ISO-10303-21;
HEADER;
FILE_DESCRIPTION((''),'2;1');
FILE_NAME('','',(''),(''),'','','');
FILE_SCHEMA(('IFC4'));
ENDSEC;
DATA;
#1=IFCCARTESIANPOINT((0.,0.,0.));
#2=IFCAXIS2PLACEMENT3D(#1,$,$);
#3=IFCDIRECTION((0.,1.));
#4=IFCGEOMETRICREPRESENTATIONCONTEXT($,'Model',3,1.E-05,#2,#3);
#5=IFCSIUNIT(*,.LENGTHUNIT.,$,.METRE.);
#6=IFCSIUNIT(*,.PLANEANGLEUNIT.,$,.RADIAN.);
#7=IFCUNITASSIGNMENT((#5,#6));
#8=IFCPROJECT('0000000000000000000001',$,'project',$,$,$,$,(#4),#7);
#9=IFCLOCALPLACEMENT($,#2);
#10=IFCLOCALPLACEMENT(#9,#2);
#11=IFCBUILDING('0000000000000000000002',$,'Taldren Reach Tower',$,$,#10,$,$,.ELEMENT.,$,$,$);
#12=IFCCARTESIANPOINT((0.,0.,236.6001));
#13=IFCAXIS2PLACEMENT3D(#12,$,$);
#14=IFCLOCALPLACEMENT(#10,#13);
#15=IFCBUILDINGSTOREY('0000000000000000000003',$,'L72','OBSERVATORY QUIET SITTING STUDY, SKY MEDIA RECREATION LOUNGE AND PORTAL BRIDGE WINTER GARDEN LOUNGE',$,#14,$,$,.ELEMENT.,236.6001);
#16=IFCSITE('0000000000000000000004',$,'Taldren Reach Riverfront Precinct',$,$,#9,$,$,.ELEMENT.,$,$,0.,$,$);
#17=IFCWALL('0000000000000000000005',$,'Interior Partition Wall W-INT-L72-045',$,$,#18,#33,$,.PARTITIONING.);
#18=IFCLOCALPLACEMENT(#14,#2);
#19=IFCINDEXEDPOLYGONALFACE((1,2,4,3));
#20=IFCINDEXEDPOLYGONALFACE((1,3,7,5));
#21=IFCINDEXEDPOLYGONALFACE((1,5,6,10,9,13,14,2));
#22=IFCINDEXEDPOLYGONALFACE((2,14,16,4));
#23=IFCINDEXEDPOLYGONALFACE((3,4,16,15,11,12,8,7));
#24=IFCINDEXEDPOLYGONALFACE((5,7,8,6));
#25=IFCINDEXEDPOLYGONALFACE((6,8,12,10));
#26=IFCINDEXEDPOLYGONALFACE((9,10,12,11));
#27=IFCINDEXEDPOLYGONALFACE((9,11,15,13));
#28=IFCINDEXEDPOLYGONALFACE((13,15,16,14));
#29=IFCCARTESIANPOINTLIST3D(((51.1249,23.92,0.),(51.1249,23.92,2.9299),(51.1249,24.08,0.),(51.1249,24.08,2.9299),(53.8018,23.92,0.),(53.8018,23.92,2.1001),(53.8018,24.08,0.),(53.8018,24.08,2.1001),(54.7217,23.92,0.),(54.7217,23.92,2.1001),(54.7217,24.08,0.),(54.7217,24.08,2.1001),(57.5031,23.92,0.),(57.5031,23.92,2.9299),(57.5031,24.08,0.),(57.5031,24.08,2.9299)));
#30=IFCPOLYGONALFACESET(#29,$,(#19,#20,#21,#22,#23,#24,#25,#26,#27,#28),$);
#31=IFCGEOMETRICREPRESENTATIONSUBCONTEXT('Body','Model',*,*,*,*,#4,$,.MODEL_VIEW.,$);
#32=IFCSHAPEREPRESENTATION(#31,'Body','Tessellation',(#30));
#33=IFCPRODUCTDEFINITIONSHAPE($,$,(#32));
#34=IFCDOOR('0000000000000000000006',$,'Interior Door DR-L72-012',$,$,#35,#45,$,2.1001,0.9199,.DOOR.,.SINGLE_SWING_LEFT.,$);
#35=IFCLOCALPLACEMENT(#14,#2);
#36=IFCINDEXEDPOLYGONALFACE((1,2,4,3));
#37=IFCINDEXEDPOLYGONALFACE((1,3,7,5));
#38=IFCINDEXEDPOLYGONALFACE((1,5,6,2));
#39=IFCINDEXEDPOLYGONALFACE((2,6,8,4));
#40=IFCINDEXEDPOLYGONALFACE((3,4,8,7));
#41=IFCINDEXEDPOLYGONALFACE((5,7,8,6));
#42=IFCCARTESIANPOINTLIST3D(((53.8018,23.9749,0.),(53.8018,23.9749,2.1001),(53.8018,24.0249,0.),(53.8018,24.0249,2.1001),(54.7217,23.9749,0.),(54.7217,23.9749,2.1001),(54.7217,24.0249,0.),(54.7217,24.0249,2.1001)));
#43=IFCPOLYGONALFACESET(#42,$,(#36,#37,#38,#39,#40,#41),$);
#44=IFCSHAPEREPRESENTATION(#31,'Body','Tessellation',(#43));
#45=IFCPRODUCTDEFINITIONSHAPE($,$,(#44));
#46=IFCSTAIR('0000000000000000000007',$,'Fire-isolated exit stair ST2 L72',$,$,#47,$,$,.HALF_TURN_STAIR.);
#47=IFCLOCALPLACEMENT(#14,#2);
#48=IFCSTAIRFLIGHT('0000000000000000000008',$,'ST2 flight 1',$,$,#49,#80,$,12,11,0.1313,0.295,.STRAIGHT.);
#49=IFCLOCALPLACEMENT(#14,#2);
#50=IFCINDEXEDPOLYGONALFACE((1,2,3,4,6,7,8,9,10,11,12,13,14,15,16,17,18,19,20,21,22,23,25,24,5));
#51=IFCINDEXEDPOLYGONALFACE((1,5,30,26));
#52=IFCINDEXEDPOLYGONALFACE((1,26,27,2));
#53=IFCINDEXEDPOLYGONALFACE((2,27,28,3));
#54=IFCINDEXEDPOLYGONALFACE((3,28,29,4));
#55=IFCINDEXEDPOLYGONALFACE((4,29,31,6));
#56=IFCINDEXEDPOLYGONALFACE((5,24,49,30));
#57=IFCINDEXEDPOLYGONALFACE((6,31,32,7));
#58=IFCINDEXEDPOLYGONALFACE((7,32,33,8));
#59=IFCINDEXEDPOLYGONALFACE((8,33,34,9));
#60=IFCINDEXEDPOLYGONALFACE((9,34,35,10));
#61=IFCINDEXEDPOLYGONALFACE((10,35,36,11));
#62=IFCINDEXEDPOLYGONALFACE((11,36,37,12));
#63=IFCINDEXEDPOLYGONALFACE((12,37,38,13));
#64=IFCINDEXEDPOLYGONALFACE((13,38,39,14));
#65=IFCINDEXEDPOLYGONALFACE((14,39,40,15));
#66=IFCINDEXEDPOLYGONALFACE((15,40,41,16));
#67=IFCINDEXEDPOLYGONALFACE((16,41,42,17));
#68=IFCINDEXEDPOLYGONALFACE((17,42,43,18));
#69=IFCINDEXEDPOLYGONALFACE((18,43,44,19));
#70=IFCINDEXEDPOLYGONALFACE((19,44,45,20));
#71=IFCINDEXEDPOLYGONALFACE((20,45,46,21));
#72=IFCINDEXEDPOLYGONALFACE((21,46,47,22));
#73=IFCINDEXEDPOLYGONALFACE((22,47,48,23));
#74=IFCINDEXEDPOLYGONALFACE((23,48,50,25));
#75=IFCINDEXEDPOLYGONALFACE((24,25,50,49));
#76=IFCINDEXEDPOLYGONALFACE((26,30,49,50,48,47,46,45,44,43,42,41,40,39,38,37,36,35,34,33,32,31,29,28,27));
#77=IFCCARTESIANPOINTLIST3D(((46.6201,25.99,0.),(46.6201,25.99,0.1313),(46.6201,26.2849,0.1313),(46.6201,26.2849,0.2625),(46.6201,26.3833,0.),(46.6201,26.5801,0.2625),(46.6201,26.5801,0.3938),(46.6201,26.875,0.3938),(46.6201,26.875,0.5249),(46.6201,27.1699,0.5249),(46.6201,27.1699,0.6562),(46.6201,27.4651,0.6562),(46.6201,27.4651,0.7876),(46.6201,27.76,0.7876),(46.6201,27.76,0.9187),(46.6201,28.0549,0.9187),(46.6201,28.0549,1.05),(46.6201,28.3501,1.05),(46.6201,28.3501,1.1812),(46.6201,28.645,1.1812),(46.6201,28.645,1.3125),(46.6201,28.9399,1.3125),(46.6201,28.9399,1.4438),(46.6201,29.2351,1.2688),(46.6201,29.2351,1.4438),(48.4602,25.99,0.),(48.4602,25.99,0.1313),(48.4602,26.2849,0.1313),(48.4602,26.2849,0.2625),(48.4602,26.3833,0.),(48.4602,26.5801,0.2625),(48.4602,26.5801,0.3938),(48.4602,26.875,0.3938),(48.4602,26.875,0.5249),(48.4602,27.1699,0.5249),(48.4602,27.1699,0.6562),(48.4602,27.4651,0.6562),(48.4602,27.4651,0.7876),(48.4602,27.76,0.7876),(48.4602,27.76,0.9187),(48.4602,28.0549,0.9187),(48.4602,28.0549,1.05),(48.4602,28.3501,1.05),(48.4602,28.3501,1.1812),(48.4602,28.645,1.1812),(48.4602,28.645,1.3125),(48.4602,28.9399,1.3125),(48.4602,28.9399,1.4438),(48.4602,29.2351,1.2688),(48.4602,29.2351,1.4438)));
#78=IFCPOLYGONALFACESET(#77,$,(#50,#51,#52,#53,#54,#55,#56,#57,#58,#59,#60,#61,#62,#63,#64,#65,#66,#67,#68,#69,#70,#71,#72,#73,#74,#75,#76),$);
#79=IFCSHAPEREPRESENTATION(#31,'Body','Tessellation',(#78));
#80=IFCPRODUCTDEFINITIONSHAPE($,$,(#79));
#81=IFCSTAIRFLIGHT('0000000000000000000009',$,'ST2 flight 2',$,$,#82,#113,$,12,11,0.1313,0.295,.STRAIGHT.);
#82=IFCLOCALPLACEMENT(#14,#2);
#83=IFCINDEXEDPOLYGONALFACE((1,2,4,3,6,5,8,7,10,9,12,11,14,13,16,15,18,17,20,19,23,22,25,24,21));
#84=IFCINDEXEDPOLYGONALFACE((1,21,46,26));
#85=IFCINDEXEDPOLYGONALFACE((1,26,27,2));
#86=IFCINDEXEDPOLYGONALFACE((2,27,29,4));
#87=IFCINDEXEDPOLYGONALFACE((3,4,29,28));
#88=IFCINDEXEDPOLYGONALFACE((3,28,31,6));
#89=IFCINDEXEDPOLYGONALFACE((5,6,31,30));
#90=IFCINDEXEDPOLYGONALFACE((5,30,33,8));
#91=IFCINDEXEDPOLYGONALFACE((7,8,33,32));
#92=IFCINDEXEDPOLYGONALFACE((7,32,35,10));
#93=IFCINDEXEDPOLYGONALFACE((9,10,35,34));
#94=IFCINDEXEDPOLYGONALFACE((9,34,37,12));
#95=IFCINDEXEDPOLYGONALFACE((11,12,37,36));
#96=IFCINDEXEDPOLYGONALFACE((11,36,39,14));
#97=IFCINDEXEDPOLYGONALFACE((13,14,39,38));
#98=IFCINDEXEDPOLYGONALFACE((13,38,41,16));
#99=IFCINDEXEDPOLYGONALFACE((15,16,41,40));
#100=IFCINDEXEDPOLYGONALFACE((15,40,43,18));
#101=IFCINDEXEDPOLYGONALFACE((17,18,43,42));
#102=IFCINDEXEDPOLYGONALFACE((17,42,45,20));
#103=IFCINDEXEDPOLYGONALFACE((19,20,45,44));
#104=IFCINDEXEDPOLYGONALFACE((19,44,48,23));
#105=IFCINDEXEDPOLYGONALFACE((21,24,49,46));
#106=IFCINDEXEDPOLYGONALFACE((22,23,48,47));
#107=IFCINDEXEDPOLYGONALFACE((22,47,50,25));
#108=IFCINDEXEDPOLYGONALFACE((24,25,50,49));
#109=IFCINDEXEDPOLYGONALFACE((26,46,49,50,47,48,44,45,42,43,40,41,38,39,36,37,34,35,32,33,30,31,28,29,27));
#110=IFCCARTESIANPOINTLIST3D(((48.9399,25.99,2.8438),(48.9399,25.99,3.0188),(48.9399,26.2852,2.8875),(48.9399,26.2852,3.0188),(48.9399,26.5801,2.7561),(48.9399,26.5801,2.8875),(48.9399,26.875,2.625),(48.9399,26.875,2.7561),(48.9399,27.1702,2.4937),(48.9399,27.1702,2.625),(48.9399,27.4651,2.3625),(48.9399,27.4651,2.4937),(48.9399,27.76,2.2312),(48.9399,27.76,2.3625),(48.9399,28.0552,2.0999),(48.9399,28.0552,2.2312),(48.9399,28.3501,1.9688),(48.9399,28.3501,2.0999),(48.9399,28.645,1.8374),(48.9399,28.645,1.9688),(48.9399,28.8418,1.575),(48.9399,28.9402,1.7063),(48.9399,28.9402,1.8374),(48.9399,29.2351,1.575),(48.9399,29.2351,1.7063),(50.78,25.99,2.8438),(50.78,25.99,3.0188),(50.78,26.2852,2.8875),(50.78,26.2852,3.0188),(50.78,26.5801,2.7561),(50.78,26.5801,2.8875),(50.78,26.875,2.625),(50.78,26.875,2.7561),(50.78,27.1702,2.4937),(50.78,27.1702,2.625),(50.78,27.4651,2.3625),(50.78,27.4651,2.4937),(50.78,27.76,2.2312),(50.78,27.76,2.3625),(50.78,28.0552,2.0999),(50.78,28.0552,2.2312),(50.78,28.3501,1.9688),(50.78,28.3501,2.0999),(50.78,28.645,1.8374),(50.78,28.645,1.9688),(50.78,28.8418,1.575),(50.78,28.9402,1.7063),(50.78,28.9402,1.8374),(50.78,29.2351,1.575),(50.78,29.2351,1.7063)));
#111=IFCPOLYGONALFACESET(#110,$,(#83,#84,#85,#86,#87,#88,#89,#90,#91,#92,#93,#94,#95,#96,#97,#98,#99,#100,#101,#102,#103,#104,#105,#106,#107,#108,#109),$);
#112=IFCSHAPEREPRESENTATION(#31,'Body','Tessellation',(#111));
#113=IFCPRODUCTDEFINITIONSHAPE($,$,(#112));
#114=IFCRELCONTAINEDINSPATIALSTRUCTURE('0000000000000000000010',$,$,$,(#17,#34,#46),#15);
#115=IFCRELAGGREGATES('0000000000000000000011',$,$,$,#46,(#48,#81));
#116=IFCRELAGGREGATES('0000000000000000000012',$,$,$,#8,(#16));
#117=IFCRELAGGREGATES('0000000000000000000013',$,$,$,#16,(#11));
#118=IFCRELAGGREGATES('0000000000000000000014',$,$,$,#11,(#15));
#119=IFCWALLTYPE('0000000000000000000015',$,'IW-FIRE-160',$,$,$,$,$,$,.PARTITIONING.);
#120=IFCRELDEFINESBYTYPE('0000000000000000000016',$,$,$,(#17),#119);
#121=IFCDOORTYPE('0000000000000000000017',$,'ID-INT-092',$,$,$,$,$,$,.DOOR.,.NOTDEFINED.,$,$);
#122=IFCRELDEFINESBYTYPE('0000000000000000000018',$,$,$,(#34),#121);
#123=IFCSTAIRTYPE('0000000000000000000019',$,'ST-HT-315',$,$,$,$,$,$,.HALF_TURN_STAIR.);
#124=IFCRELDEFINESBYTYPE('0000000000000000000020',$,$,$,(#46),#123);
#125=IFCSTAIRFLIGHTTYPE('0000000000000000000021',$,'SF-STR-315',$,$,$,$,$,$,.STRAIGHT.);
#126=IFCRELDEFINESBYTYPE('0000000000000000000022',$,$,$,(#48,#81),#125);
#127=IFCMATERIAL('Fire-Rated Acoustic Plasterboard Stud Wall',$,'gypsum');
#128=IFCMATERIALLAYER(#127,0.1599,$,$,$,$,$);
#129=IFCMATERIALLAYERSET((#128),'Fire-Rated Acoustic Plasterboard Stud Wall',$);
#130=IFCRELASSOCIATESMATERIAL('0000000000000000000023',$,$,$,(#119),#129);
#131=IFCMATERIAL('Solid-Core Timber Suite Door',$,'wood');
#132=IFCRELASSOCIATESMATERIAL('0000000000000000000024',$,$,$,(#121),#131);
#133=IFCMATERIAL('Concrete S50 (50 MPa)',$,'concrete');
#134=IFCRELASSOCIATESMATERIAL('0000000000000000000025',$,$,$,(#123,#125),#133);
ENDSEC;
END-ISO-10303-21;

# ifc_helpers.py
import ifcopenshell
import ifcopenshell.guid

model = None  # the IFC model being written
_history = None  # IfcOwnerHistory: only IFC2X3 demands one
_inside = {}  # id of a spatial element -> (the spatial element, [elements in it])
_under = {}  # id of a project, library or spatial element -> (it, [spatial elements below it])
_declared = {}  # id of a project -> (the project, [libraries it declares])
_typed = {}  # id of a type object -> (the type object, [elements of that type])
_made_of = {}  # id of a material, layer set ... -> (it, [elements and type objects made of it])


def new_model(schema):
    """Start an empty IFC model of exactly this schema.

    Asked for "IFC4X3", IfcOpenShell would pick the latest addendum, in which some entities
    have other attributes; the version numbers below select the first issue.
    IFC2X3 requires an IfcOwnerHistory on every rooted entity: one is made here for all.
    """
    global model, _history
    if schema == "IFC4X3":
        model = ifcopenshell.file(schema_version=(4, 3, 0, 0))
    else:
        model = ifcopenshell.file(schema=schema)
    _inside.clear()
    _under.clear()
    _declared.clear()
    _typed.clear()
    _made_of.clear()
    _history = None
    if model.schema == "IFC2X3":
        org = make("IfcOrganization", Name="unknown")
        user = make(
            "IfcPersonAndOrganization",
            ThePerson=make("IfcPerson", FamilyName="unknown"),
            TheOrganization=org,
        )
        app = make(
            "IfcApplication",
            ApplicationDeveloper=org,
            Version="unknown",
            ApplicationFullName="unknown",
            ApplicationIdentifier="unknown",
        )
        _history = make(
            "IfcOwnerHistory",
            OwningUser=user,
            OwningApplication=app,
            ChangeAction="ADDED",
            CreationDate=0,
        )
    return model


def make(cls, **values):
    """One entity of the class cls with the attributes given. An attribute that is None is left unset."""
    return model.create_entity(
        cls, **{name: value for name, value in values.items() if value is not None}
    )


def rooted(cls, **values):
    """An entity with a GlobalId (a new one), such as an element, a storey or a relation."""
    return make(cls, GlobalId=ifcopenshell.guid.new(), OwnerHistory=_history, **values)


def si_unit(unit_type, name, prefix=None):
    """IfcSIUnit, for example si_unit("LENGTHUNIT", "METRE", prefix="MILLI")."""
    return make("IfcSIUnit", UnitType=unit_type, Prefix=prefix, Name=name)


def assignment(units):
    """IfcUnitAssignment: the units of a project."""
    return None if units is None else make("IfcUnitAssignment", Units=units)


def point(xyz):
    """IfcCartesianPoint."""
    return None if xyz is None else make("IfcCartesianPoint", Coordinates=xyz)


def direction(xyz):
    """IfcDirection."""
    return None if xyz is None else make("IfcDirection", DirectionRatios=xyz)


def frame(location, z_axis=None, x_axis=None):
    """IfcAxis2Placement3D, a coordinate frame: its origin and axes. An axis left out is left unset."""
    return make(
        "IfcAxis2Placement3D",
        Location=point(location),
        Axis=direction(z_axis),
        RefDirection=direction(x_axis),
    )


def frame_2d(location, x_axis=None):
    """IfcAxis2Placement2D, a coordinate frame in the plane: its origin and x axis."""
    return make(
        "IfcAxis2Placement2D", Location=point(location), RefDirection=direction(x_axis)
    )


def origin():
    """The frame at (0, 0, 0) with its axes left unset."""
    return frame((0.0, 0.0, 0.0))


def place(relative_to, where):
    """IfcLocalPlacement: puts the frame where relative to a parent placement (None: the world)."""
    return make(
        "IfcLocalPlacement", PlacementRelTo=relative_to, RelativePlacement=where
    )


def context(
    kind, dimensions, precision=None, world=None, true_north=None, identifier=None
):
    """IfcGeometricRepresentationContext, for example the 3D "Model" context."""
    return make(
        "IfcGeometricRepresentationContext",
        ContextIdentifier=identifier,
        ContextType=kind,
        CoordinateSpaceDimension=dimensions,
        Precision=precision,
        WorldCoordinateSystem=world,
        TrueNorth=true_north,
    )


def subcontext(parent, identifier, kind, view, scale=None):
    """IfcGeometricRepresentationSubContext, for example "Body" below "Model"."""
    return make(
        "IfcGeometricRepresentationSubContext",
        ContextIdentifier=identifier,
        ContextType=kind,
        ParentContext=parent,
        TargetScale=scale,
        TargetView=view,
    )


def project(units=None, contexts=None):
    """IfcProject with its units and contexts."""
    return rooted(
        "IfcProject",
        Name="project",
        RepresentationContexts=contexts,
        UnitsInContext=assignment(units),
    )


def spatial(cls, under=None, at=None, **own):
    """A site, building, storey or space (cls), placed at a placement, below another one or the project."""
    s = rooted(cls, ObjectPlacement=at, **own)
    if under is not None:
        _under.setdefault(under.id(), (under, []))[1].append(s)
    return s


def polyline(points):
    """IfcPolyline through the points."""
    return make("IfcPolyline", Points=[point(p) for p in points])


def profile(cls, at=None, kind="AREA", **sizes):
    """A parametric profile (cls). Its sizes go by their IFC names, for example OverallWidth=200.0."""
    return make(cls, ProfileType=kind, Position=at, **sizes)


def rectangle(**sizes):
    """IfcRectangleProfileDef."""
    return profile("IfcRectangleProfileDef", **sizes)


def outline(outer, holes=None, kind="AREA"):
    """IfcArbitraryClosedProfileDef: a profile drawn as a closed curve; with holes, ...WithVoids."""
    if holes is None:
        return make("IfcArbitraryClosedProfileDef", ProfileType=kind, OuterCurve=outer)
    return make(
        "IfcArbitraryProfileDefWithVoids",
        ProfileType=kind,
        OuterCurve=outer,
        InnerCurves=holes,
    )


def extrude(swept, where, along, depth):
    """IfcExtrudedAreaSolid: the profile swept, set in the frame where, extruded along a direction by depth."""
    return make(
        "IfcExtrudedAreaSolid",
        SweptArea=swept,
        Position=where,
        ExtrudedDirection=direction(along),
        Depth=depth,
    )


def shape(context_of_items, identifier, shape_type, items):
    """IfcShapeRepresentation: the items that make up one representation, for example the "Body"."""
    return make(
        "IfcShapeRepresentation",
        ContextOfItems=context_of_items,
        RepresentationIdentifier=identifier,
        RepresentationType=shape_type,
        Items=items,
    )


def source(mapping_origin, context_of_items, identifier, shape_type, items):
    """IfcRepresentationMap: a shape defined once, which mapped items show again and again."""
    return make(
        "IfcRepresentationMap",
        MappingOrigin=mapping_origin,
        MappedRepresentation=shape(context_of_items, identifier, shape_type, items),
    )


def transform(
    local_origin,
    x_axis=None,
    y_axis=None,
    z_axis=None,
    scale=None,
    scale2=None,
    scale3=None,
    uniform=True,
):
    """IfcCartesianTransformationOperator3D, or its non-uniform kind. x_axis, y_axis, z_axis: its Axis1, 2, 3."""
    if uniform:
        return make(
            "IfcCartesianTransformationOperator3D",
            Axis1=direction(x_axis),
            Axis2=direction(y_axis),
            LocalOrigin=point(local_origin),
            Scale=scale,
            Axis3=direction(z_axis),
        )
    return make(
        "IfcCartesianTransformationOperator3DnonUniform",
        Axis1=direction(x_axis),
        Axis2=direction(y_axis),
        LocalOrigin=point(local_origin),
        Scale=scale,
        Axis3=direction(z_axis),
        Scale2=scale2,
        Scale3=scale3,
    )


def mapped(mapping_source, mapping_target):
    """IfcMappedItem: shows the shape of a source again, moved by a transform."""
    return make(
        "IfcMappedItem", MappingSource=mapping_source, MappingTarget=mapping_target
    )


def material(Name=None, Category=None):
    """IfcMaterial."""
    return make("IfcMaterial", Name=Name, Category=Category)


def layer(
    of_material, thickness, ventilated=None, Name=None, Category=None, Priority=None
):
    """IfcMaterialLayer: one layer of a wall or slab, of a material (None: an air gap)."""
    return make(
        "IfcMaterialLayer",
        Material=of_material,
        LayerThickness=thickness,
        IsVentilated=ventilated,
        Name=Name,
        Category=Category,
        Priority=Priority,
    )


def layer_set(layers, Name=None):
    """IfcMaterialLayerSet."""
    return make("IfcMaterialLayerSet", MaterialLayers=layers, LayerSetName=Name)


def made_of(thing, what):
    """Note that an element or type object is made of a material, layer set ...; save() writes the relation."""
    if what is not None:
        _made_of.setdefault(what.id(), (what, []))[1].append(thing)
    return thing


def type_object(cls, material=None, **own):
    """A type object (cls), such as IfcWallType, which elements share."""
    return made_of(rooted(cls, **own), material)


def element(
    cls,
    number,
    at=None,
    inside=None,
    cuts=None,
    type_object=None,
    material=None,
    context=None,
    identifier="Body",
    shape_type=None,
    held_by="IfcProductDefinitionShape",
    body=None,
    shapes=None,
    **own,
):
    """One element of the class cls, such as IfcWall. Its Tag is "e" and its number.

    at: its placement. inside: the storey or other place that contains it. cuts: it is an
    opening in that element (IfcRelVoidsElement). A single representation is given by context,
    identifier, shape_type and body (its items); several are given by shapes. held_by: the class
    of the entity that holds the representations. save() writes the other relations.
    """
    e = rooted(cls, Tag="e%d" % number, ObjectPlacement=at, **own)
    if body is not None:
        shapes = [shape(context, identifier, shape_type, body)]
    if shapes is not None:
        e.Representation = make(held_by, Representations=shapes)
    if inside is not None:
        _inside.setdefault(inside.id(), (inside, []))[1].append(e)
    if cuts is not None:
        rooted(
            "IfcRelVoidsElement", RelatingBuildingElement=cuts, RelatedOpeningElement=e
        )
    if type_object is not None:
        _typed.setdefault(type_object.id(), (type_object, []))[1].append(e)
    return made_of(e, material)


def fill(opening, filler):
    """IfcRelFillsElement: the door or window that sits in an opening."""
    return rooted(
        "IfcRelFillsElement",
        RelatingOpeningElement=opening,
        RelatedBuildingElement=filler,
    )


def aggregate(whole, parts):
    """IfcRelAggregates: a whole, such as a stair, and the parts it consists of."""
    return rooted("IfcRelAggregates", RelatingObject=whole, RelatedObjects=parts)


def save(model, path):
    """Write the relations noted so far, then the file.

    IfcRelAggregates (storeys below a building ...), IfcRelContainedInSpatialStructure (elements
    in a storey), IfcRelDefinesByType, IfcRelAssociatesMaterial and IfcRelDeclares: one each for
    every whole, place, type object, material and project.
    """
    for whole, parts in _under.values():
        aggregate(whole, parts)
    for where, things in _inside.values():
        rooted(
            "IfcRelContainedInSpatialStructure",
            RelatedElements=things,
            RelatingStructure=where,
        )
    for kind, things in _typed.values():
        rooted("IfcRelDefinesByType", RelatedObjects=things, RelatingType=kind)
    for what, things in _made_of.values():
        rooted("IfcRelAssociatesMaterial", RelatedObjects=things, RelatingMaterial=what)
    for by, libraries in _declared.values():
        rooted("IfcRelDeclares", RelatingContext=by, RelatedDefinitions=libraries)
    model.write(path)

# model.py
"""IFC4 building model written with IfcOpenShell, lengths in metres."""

from ifc_helpers import new_model, si_unit, direction, frame, frame_2d, origin, place, context, subcontext, project, spatial, polyline, rectangle, outline, extrude, source, transform, mapped, material, layer, layer_set, type_object, element, fill, aggregate, save


model = new_model("IFC4")

# Units and contexts
model_context = context("Model", 3, precision=1e-05, world=origin(), true_north=direction((0.0, 1.0)))
body_context = subcontext(model_context, "Body", "Model", "MODEL_VIEW")
ifc_project = project(units=[si_unit("LENGTHUNIT", "METRE"), si_unit("PLANEANGLEUNIT", "RADIAN")], contexts=[model_context])

# Site, building, storey
site_placement = place(None, origin())
site = spatial("IfcSite", under=ifc_project, at=site_placement, Name="Taldren Reach Riverfront Precinct", CompositionType="ELEMENT", RefElevation=0.0)
building_placement = place(site_placement, origin())
building = spatial("IfcBuilding", under=site, at=building_placement, Name="Taldren Reach Tower", CompositionType="ELEMENT")
storey_placement = place(building_placement, frame((0.0, 0.0, 236.6001)))
storey = spatial("IfcBuildingStorey", under=building, at=storey_placement, Name="L72", Description="OBSERVATORY QUIET SITTING STUDY, SKY MEDIA RECREATION LOUNGE AND PORTAL BRIDGE WINTER GARDEN LOUNGE", CompositionType="ELEMENT", Elevation=236.6001)

# Wall, opening, door
ifc_material_1 = material(Name="Fire-Rated Acoustic Plasterboard Stud Wall", Category="gypsum")
ifc_layer_1 = layer(ifc_material_1, 0.1599)
ifc_layer_set_1 = layer_set([ifc_layer_1], Name="Fire-Rated Acoustic Plasterboard Stud Wall")
wall_type_1 = type_object("IfcWallType", Name="IW-FIRE-160", PredefinedType="PARTITIONING", material=ifc_layer_set_1)
shared_shape_1 = source(origin(), body_context, "Body", "SweptSolid", [
    extrude(rectangle(XDim=6.3782, YDim=0.1599, at=frame_2d((3.189, 0.0))), origin(), (0.0, 0.0, 1.0), 2.9299),
])
wall_1_placement = place(storey_placement, frame((51.125, 24.0, 0.0), z_axis=(0.0, 0.0, 1.0), x_axis=(1.0, 0.0, 0.0)))
wall_1 = element("IfcWall", 1, at=wall_1_placement, inside=storey, type_object=wall_type_1, Name="Interior Partition Wall W-INT-L72-045", PredefinedType="PARTITIONING", context=body_context, shape_type="MappedRepresentation", body=[
    mapped(shared_shape_1, transform((0.0, 0.0, 0.0), scale=1.0)),
])
shared_shape_2 = source(origin(), body_context, "Body", "SweptSolid", [
    extrude(rectangle(XDim=0.9199, YDim=2.1001, at=frame_2d((0.46, 1.05))), frame((0.0, 0.0898, 0.0), z_axis=(0.0, -1.0, 0.0), x_axis=(1.0, 0.0, 0.0)), (0.0, 0.0, 1.0), 0.1799),
])
opening_placement = place(wall_1_placement, frame((2.6768, 0.0, 0.0)))
opening = element("IfcOpeningElement", 2, at=opening_placement, cuts=wall_1, PredefinedType="OPENING", context=body_context, shape_type="MappedRepresentation", body=[
    mapped(shared_shape_2, transform((0.0, 0.0, 0.0), scale=1.0)),
])
ifc_material_2 = material(Name="Solid-Core Timber Suite Door", Category="wood")
door_type = type_object("IfcDoorType", Name="ID-INT-092", OperationType="NOTDEFINED", PredefinedType="DOOR", material=ifc_material_2)
shared_shape_3 = source(origin(), body_context, "Body", "SweptSolid", [
    extrude(rectangle(XDim=0.9199, YDim=2.1001, at=frame_2d((0.46, 1.05))), frame((0.0, 0.0249, 0.0), z_axis=(0.0, -1.0, 0.0), x_axis=(1.0, 0.0, 0.0)), (0.0, 0.0, 1.0), 0.05),
])
door_placement = place(opening_placement, origin())
door = element("IfcDoor", 3, at=door_placement, inside=storey, type_object=door_type, Name="Interior Door DR-L72-012", OperationType="SINGLE_SWING_LEFT", OverallHeight=2.1001, OverallWidth=0.9199, PredefinedType="DOOR", context=body_context, shape_type="MappedRepresentation", body=[
    mapped(shared_shape_3, transform((0.0, 0.0, 0.0), scale=1.0)),
])
fill(opening, door)

# Stair, stair flights
ifc_material_3 = material(Name="Concrete S50 (50 MPa)", Category="concrete")
stair_type = type_object("IfcStairType", Name="ST-HT-315", PredefinedType="HALF_TURN_STAIR", material=ifc_material_3)
stair_placement = place(storey_placement, origin())
stair = element("IfcStair", 4, at=stair_placement, inside=storey, type_object=stair_type, Name="Fire-isolated exit stair ST2 L72", PredefinedType="HALF_TURN_STAIR")
stair_flight_type = type_object("IfcStairFlightType", Name="SF-STR-315", PredefinedType="STRAIGHT", material=ifc_material_3)
stair_flight_1_placement = place(storey_placement, frame((47.54, 25.99, 0.0), z_axis=(0.0, 0.0, 1.0), x_axis=(0.0, 1.0, 0.0)))
stair_flight_1 = element("IfcStairFlight", 5, at=stair_flight_1_placement, type_object=stair_flight_type, Name="ST2 flight 1", NumberOfRisers=12, NumberOfTreads=11, PredefinedType="STRAIGHT", RiserHeight=0.1313, TreadLength=0.295, context=body_context, shape_type="SweptSolid", body=[
    extrude(outline(polyline([(0.0, 0.0), (0.0, 0.1313), (0.2949, 0.1313), (0.2949, 0.2625), (0.5901, 0.2625), (0.5901, 0.3938), (0.885, 0.3938), (0.885, 0.5249), (1.1799, 0.5249), (1.1799, 0.6562), (1.4751, 0.6562), (1.4751, 0.7876), (1.77, 0.7876), (1.77, 0.9187), (2.0649, 0.9187), (2.0649, 1.05), (2.3601, 1.05), (2.3601, 1.1812), (2.655, 1.1812), (2.655, 1.3125), (2.95, 1.3125), (2.95, 1.4438), (3.2451, 1.4438), (3.2451, 1.575), (3.2451, 1.2688), (0.3933, 0.0), (0.0, 0.0)])), frame((0.0, 0.9199, 0.0), z_axis=(0.0, -1.0, 0.0), x_axis=(1.0, 0.0, 0.0)), (0.0, 0.0, 1.0), 1.8401),
])
stair_flight_2_placement = place(storey_placement, frame((49.8601, 29.2351, 1.575), z_axis=(0.0, 0.0, 1.0), x_axis=(0.0, -1.0, 0.0)))
stair_flight_2 = element("IfcStairFlight", 6, at=stair_flight_2_placement, type_object=stair_flight_type, Name="ST2 flight 2", NumberOfRisers=12, NumberOfTreads=11, PredefinedType="STRAIGHT", RiserHeight=0.1313, TreadLength=0.295, context=body_context, shape_type="SweptSolid", body=[
    extrude(outline(polyline([(0.0, 0.0), (0.0, 0.1313), (0.2949, 0.1313), (0.2949, 0.2625), (0.5901, 0.2625), (0.5901, 0.3938), (0.885, 0.3938), (0.885, 0.5249), (1.1799, 0.5249), (1.1799, 0.6562), (1.4751, 0.6562), (1.4751, 0.7876), (1.77, 0.7876), (1.77, 0.9187), (2.0649, 0.9187), (2.0649, 1.05), (2.3601, 1.05), (2.3601, 1.1812), (2.655, 1.1812), (2.655, 1.3125), (2.95, 1.3125), (2.95, 1.4438), (3.2451, 1.4438), (3.2451, 1.575), (3.2451, 1.2688), (0.3933, 0.0), (0.0, 0.0)])), frame((0.0, 0.9199, 0.0), z_axis=(0.0, -1.0, 0.0), x_axis=(1.0, 0.0, 0.0)), (0.0, 0.0, 1.0), 1.8401),
])
aggregate(stair, [stair_flight_1, stair_flight_2])

save(model, "model.ifc")
